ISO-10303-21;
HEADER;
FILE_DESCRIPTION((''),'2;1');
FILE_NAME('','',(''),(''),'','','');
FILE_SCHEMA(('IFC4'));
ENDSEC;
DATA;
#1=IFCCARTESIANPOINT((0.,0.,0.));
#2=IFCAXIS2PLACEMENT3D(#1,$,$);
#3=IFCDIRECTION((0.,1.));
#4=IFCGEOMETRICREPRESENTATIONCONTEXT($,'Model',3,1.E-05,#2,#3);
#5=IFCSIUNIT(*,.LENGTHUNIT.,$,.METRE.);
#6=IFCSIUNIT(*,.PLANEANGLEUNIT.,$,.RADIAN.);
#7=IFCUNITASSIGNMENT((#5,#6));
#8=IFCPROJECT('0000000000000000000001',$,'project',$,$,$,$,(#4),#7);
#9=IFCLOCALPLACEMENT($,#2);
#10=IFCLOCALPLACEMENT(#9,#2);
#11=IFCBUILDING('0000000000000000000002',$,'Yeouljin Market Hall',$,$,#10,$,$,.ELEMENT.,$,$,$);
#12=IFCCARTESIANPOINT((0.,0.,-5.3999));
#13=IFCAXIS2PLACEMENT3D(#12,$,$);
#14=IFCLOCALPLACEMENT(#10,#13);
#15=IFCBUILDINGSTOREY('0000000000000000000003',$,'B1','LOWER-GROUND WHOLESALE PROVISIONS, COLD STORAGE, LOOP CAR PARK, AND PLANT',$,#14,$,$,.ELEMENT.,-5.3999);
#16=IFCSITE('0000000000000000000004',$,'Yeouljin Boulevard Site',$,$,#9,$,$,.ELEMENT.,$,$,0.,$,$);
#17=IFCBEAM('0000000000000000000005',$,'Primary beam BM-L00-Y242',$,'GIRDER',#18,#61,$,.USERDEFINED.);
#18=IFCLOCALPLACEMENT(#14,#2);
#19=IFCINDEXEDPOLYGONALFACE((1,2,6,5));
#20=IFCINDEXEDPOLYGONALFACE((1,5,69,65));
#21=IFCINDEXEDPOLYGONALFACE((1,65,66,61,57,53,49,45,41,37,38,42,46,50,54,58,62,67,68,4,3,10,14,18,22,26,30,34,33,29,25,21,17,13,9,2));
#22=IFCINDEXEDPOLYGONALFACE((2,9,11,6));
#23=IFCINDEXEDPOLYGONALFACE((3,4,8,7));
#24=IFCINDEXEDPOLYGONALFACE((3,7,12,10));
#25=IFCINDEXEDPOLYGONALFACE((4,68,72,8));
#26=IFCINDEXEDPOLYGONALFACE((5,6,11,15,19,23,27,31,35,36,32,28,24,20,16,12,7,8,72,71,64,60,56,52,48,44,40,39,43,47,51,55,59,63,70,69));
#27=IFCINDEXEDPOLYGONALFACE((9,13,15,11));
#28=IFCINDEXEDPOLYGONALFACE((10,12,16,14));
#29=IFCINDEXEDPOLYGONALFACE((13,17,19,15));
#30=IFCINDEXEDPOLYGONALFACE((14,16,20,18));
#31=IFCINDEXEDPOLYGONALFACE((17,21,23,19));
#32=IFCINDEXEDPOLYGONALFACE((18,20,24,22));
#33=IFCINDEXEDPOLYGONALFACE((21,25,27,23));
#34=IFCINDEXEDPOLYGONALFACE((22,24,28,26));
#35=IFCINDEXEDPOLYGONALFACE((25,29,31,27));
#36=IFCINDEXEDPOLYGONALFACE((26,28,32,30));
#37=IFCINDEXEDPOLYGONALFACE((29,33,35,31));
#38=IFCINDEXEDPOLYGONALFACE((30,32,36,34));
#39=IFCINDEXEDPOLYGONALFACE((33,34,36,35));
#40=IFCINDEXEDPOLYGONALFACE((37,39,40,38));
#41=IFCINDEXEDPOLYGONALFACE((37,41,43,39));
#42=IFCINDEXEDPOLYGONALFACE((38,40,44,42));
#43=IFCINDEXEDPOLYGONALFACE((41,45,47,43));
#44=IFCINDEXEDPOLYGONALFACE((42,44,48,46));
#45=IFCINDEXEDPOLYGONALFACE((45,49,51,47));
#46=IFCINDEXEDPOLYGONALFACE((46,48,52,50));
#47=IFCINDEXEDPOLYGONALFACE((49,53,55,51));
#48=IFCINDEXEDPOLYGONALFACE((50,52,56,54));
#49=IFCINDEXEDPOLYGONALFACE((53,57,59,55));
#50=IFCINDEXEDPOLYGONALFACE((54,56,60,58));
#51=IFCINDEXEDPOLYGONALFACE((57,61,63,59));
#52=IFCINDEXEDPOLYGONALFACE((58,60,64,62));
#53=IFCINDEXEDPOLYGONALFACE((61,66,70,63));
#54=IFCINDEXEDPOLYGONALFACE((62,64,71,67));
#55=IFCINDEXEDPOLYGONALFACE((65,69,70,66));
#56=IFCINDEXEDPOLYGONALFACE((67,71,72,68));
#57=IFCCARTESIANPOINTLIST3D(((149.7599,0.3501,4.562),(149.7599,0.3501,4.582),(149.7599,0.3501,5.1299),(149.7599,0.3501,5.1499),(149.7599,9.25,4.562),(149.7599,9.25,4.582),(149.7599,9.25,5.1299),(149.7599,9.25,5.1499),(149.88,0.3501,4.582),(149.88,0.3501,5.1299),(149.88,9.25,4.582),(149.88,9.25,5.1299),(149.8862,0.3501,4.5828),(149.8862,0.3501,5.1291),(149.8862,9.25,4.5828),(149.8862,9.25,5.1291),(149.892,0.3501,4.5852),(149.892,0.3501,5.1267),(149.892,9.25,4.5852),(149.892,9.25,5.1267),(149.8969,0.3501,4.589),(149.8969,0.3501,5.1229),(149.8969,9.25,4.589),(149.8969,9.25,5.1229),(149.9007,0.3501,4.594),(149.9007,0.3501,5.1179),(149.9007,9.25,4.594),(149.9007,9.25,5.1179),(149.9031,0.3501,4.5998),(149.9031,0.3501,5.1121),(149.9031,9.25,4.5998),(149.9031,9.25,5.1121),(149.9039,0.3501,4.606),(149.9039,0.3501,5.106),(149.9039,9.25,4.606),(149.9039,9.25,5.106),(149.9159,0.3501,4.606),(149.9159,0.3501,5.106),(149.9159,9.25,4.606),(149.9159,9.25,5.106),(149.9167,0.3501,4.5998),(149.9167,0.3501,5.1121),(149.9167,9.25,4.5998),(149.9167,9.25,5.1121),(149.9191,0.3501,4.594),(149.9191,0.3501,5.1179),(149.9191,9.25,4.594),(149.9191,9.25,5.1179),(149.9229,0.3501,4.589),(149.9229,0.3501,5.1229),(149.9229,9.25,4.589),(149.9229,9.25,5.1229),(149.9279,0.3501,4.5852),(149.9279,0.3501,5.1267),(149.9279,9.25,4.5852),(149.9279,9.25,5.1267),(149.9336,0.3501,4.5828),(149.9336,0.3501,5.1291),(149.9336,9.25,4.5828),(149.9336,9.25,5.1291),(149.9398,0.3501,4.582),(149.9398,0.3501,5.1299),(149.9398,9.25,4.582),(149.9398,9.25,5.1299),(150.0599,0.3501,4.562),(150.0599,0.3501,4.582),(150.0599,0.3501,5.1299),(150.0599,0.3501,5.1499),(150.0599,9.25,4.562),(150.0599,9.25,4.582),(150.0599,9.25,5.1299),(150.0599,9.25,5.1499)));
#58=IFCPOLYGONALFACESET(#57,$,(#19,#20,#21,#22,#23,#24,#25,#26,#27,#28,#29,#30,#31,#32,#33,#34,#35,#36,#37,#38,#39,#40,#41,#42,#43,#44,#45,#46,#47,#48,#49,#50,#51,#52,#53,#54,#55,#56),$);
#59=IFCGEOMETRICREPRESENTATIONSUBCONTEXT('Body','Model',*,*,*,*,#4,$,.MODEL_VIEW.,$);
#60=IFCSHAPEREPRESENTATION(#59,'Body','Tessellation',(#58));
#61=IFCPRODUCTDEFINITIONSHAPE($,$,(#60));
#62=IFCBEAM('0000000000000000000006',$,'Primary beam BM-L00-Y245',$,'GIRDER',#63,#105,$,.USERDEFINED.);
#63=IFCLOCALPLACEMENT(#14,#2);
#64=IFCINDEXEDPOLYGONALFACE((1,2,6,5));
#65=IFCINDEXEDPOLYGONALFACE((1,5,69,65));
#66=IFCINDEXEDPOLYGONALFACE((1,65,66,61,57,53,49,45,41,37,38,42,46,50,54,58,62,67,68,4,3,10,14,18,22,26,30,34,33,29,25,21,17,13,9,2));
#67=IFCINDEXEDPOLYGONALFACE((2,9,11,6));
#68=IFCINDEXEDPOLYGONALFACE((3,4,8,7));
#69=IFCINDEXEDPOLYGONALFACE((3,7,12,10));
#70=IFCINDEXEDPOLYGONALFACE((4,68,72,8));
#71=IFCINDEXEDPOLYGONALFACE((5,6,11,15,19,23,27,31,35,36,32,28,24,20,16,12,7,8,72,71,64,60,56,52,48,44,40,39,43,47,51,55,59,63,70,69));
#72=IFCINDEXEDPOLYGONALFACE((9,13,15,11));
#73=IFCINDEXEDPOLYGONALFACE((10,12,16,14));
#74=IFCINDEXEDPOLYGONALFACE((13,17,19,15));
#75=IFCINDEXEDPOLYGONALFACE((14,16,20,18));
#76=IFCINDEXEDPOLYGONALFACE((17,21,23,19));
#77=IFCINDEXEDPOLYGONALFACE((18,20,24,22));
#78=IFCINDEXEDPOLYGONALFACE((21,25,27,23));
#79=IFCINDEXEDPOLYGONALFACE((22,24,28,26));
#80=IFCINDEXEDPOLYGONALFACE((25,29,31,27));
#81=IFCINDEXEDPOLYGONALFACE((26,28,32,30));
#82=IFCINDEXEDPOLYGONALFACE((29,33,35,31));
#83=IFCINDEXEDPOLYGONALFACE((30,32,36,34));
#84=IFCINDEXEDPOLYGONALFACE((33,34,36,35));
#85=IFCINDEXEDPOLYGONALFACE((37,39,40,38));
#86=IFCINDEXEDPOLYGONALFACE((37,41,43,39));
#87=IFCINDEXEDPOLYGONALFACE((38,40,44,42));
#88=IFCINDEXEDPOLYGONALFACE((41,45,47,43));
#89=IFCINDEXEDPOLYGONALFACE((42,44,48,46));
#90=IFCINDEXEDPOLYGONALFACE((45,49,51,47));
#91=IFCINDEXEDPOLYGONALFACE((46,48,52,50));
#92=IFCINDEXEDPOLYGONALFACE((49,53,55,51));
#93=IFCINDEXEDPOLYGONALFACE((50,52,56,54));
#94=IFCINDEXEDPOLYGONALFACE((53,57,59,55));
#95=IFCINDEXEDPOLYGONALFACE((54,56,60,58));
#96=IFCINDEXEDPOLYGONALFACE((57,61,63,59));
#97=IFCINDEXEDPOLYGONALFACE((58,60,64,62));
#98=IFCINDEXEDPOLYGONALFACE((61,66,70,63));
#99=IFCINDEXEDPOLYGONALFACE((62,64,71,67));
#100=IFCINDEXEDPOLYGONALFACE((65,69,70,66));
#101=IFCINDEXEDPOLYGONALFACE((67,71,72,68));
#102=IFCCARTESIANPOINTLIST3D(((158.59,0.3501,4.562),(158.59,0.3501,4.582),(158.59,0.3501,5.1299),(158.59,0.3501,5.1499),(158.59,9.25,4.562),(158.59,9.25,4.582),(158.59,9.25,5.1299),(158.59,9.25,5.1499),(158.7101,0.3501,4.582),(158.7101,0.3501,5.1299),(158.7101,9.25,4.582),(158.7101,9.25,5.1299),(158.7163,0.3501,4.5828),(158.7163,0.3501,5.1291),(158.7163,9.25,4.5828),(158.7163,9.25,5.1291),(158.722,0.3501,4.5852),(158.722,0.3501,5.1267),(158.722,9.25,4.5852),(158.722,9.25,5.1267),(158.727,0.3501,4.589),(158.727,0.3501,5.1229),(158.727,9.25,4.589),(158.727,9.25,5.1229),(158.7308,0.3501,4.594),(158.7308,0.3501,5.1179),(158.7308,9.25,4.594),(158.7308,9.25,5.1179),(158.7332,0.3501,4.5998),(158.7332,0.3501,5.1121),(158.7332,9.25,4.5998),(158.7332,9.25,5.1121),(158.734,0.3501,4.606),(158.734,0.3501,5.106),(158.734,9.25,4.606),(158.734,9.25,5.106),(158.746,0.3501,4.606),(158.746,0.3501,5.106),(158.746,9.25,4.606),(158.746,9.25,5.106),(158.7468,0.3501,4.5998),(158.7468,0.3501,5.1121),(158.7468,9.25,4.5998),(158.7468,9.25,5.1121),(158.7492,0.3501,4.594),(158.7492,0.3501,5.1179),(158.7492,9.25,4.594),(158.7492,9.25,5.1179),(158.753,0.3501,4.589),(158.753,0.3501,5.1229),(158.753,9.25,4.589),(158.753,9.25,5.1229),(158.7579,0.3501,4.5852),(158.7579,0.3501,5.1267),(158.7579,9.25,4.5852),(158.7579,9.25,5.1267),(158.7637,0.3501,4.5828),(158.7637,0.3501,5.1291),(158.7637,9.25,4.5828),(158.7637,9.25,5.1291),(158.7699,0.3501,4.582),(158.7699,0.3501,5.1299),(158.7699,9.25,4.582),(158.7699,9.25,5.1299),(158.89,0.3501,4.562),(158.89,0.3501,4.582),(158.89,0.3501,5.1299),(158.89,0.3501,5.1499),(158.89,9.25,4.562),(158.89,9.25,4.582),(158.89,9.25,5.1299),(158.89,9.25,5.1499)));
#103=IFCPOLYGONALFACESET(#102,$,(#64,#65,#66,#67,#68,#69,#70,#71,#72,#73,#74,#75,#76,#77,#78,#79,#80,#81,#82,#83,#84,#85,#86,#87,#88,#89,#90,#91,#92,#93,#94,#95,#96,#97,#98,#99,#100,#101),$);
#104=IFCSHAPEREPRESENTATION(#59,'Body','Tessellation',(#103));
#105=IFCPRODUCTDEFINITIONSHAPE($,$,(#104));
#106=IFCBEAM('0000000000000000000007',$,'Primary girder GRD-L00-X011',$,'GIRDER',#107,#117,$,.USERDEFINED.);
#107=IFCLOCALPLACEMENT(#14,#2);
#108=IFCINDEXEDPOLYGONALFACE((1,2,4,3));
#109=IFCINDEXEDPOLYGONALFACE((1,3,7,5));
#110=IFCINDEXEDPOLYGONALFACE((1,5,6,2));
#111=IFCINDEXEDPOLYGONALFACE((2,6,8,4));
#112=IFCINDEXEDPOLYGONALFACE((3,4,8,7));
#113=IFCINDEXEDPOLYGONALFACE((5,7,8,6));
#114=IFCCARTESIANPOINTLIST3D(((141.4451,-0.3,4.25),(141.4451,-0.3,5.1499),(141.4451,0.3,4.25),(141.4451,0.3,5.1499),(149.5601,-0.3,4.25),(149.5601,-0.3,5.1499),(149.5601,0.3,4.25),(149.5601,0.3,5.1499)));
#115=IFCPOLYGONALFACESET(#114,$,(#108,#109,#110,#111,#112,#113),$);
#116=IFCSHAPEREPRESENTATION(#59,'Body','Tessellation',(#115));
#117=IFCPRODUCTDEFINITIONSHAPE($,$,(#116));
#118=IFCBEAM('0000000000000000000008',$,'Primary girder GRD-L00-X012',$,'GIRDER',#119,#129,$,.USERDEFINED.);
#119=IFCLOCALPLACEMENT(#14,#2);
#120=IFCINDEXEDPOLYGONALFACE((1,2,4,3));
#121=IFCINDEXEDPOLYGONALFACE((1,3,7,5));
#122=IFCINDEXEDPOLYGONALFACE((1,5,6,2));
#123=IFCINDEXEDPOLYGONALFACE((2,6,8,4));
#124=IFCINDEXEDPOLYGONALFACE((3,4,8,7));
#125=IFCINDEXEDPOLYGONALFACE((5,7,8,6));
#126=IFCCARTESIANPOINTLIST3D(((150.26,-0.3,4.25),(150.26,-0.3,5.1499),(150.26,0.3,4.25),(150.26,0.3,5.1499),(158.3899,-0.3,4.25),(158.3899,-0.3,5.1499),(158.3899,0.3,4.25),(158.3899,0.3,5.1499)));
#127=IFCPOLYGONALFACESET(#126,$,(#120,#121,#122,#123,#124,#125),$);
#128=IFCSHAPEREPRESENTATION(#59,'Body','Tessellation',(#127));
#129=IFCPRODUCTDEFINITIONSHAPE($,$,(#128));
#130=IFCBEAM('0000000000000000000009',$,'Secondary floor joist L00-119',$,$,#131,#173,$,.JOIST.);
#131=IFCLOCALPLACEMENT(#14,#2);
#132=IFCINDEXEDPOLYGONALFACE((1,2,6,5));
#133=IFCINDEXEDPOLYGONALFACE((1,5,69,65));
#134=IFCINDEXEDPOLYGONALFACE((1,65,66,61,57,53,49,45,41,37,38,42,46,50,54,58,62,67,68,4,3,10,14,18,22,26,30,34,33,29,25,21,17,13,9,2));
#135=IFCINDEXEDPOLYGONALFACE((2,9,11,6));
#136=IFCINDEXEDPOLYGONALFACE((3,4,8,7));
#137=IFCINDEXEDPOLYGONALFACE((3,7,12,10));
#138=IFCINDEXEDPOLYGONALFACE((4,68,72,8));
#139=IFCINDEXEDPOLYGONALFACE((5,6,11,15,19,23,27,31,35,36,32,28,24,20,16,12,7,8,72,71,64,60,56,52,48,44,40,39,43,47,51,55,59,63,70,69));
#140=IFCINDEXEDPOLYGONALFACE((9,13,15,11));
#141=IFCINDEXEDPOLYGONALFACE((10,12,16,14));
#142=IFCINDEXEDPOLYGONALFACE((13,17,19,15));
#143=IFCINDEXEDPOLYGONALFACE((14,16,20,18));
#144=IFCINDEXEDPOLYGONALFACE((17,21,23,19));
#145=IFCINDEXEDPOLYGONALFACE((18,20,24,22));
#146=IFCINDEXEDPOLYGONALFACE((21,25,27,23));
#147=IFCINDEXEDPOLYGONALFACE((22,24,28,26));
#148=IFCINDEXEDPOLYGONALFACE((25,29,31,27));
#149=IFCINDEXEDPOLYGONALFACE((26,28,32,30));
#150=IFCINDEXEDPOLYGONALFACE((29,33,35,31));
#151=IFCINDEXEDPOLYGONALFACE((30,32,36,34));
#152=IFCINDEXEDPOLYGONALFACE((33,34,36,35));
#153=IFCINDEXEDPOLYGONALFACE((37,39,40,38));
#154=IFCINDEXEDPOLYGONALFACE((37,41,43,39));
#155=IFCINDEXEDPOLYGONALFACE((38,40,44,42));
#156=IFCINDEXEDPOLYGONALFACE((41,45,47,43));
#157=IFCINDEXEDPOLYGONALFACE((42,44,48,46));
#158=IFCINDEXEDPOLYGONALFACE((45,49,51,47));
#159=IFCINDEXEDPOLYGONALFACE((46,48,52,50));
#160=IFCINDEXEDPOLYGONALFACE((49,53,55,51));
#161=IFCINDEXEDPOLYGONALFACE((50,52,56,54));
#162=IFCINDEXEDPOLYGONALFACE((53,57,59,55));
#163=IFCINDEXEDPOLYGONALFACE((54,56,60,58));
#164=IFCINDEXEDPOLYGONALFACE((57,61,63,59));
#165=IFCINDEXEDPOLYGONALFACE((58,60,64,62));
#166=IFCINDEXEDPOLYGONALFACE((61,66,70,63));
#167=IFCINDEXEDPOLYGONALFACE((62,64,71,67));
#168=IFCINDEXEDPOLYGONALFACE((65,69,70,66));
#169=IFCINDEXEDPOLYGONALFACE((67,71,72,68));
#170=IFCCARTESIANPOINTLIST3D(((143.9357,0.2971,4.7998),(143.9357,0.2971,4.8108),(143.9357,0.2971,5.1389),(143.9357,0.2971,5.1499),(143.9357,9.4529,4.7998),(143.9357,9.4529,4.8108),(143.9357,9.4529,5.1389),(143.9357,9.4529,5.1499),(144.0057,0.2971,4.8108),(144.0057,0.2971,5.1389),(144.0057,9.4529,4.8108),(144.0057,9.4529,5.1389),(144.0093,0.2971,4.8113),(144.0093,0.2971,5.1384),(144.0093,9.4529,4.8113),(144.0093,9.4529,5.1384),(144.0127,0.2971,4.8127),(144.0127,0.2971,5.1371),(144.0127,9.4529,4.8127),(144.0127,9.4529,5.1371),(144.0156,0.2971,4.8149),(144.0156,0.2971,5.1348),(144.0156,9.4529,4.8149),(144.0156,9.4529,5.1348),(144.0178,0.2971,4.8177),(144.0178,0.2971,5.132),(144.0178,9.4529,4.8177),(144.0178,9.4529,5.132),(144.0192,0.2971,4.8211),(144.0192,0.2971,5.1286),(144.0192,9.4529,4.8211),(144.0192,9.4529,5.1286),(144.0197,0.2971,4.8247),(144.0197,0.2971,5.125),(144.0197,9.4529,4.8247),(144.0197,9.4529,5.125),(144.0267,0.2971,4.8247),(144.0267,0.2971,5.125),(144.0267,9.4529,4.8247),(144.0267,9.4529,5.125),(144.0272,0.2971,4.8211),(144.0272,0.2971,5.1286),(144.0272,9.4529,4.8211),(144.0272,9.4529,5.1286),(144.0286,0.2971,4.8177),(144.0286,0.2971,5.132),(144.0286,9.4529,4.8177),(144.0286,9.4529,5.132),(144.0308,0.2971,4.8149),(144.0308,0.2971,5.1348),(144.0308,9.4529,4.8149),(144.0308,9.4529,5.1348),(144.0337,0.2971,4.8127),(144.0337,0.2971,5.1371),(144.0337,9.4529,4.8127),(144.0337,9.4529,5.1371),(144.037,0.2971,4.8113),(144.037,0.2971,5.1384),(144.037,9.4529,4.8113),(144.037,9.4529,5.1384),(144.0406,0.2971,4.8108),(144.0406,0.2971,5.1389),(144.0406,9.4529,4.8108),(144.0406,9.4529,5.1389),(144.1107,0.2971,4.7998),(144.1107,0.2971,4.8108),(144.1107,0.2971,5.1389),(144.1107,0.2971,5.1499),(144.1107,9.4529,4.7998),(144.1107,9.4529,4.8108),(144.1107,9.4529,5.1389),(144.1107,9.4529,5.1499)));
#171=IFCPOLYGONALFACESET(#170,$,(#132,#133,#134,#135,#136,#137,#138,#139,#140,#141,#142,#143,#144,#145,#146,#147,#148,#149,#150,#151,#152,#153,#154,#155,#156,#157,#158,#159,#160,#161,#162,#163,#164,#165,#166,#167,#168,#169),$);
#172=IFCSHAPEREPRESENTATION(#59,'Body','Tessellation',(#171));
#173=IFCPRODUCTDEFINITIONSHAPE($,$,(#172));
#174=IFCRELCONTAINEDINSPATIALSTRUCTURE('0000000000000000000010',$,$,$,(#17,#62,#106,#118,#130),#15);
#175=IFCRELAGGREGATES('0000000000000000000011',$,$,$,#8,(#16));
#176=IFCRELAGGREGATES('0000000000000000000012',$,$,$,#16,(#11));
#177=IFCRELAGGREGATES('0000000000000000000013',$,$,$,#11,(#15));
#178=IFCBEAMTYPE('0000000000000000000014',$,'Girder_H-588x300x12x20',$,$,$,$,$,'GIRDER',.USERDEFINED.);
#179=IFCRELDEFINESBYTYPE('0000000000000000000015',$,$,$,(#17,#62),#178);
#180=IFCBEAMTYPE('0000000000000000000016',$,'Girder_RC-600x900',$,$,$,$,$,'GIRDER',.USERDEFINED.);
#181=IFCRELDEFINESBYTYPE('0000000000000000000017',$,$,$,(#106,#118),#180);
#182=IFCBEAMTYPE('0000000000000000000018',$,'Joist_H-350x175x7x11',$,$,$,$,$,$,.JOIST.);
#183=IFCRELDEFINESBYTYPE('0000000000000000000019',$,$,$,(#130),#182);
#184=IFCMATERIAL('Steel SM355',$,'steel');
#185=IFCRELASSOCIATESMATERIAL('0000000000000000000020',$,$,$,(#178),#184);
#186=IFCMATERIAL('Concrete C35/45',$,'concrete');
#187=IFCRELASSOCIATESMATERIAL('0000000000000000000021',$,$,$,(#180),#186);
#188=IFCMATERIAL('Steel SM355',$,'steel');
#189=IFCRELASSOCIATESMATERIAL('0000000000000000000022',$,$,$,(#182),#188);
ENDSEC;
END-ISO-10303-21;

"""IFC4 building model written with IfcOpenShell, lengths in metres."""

from ifc_helpers import new_model, si_unit, direction, frame, origin, origin_2d, place, context, subcontext, project, spatial, rectangle, i_section, extrude, material, material_profile, profile_set, type_object, element, save


model = new_model("IFC4")

# Units and contexts
model_context = context("Model", 3, precision=1e-05, world=origin(), true_north=direction((0.0, 1.0)))
body_context = subcontext(model_context, "Body", "Model", "MODEL_VIEW")
ifc_project = project(units=[si_unit("LENGTHUNIT", "METRE"), si_unit("PLANEANGLEUNIT", "RADIAN")], contexts=[model_context])

# Site, building, storey
site_placement = place(None, origin())
site = spatial("IfcSite", under=ifc_project, at=site_placement, Name="Yeouljin Boulevard Site", CompositionType="ELEMENT", RefElevation=0.0)
building_placement = place(site_placement, origin())
building = spatial("IfcBuilding", under=site, at=building_placement, Name="Yeouljin Market Hall", CompositionType="ELEMENT")
storey_placement = place(building_placement, frame((0.0, 0.0, -5.3999)))
storey = spatial("IfcBuildingStorey", under=building, at=storey_placement, Name="B1", Description="LOWER-GROUND WHOLESALE PROVISIONS, COLD STORAGE, LOOP CAR PARK, AND PLANT", CompositionType="ELEMENT", Elevation=-5.3999)

# Beams
ifc_material_1 = material(Name="Steel SM355", Category="steel")
ifc_material_profile_1 = material_profile(ifc_material_1, i_section(OverallWidth=0.3, OverallDepth=0.5879, WebThickness=0.012, FlangeThickness=0.02, FilletRadius=0.0239, at=origin_2d()), Name="H-588x300x12x20")
ifc_profile_set_1 = profile_set([ifc_material_profile_1], Name="Steel SM355")
beam_type_1 = type_object("IfcBeamType", Name="Girder_H-588x300x12x20", ElementType="GIRDER", PredefinedType="USERDEFINED", material=ifc_profile_set_1)
for number, where, z_axis, x_axis, name in (
    (1, (149.9099, 0.3501, 4.856), (0.0, 1.0, 0.0), (-1.0, 0.0, 0.0), "Primary beam BM-L00-Y242"),
    (2, (158.74, 0.3501, 4.856), (0.0, 1.0, 0.0), (-1.0, 0.0, 0.0), "Primary beam BM-L00-Y245"),
):
    element("IfcBeam", number, at=place(storey_placement, frame(where, z_axis=z_axis, x_axis=x_axis)), inside=storey, type_object=beam_type_1, Name=name, ObjectType="GIRDER", PredefinedType="USERDEFINED", context=body_context, shape_type="SweptSolid", body=[
        extrude(i_section(OverallWidth=0.3, OverallDepth=0.5879, WebThickness=0.012, FlangeThickness=0.02, FilletRadius=0.0239, at=origin_2d()), origin(), (0.0, 0.0, 1.0), 8.8999),
    ])
ifc_material_2 = material(Name="Concrete C35/45", Category="concrete")
ifc_material_profile_2 = material_profile(ifc_material_2, rectangle(XDim=0.6001, YDim=0.8999, at=origin_2d()), Name="RC-600x900")
ifc_profile_set_2 = profile_set([ifc_material_profile_2], Name="Concrete C35/45")
beam_type_2 = type_object("IfcBeamType", Name="Girder_RC-600x900", ElementType="GIRDER", PredefinedType="USERDEFINED", material=ifc_profile_set_2)
beam_1_placement = place(storey_placement, frame((141.4451, 0.0, 4.7), z_axis=(1.0, 0.0, 0.0), x_axis=(0.0, 1.0, 0.0)))
element("IfcBeam", 3, at=beam_1_placement, inside=storey, type_object=beam_type_2, Name="Primary girder GRD-L00-X011", ObjectType="GIRDER", PredefinedType="USERDEFINED", context=body_context, shape_type="SweptSolid", body=[
    extrude(rectangle(XDim=0.6001, YDim=0.8999, at=origin_2d()), origin(), (0.0, 0.0, 1.0), 8.115),
])
beam_2_placement = place(storey_placement, frame((150.26, 0.0, 4.7), z_axis=(1.0, 0.0, 0.0), x_axis=(0.0, 1.0, 0.0)))
element("IfcBeam", 4, at=beam_2_placement, inside=storey, type_object=beam_type_2, Name="Primary girder GRD-L00-X012", ObjectType="GIRDER", PredefinedType="USERDEFINED", context=body_context, shape_type="SweptSolid", body=[
    extrude(rectangle(XDim=0.6001, YDim=0.8999, at=origin_2d()), origin(), (0.0, 0.0, 1.0), 8.1299),
])
ifc_material_3 = material(Name="Steel SM355", Category="steel")
ifc_material_profile_3 = material_profile(ifc_material_3, i_section(OverallWidth=0.175, OverallDepth=0.3501, WebThickness=0.0071, FlangeThickness=0.011, FilletRadius=0.0139, at=origin_2d()), Name="H-350x175x7x11")
ifc_profile_set_3 = profile_set([ifc_material_profile_3], Name="Steel SM355")
beam_type_3 = type_object("IfcBeamType", Name="Joist_H-350x175x7x11", PredefinedType="JOIST", material=ifc_profile_set_3)
for number, where, z_axis, x_axis, name in (
    (5, (144.0232, 0.2971, 4.9749), (0.0, 1.0, 0.0), (-1.0, 0.0, 0.0), "Secondary floor joist L00-119"),
):
    element("IfcBeam", number, at=place(storey_placement, frame(where, z_axis=z_axis, x_axis=x_axis)), inside=storey, type_object=beam_type_3, Name=name, PredefinedType="JOIST", context=body_context, shape_type="SweptSolid", body=[
        extrude(i_section(OverallWidth=0.175, OverallDepth=0.3501, WebThickness=0.0071, FlangeThickness=0.011, FilletRadius=0.0139, at=origin_2d()), origin(), (0.0, 0.0, 1.0), 9.1558),
    ])

save(model, "model.ifc")
